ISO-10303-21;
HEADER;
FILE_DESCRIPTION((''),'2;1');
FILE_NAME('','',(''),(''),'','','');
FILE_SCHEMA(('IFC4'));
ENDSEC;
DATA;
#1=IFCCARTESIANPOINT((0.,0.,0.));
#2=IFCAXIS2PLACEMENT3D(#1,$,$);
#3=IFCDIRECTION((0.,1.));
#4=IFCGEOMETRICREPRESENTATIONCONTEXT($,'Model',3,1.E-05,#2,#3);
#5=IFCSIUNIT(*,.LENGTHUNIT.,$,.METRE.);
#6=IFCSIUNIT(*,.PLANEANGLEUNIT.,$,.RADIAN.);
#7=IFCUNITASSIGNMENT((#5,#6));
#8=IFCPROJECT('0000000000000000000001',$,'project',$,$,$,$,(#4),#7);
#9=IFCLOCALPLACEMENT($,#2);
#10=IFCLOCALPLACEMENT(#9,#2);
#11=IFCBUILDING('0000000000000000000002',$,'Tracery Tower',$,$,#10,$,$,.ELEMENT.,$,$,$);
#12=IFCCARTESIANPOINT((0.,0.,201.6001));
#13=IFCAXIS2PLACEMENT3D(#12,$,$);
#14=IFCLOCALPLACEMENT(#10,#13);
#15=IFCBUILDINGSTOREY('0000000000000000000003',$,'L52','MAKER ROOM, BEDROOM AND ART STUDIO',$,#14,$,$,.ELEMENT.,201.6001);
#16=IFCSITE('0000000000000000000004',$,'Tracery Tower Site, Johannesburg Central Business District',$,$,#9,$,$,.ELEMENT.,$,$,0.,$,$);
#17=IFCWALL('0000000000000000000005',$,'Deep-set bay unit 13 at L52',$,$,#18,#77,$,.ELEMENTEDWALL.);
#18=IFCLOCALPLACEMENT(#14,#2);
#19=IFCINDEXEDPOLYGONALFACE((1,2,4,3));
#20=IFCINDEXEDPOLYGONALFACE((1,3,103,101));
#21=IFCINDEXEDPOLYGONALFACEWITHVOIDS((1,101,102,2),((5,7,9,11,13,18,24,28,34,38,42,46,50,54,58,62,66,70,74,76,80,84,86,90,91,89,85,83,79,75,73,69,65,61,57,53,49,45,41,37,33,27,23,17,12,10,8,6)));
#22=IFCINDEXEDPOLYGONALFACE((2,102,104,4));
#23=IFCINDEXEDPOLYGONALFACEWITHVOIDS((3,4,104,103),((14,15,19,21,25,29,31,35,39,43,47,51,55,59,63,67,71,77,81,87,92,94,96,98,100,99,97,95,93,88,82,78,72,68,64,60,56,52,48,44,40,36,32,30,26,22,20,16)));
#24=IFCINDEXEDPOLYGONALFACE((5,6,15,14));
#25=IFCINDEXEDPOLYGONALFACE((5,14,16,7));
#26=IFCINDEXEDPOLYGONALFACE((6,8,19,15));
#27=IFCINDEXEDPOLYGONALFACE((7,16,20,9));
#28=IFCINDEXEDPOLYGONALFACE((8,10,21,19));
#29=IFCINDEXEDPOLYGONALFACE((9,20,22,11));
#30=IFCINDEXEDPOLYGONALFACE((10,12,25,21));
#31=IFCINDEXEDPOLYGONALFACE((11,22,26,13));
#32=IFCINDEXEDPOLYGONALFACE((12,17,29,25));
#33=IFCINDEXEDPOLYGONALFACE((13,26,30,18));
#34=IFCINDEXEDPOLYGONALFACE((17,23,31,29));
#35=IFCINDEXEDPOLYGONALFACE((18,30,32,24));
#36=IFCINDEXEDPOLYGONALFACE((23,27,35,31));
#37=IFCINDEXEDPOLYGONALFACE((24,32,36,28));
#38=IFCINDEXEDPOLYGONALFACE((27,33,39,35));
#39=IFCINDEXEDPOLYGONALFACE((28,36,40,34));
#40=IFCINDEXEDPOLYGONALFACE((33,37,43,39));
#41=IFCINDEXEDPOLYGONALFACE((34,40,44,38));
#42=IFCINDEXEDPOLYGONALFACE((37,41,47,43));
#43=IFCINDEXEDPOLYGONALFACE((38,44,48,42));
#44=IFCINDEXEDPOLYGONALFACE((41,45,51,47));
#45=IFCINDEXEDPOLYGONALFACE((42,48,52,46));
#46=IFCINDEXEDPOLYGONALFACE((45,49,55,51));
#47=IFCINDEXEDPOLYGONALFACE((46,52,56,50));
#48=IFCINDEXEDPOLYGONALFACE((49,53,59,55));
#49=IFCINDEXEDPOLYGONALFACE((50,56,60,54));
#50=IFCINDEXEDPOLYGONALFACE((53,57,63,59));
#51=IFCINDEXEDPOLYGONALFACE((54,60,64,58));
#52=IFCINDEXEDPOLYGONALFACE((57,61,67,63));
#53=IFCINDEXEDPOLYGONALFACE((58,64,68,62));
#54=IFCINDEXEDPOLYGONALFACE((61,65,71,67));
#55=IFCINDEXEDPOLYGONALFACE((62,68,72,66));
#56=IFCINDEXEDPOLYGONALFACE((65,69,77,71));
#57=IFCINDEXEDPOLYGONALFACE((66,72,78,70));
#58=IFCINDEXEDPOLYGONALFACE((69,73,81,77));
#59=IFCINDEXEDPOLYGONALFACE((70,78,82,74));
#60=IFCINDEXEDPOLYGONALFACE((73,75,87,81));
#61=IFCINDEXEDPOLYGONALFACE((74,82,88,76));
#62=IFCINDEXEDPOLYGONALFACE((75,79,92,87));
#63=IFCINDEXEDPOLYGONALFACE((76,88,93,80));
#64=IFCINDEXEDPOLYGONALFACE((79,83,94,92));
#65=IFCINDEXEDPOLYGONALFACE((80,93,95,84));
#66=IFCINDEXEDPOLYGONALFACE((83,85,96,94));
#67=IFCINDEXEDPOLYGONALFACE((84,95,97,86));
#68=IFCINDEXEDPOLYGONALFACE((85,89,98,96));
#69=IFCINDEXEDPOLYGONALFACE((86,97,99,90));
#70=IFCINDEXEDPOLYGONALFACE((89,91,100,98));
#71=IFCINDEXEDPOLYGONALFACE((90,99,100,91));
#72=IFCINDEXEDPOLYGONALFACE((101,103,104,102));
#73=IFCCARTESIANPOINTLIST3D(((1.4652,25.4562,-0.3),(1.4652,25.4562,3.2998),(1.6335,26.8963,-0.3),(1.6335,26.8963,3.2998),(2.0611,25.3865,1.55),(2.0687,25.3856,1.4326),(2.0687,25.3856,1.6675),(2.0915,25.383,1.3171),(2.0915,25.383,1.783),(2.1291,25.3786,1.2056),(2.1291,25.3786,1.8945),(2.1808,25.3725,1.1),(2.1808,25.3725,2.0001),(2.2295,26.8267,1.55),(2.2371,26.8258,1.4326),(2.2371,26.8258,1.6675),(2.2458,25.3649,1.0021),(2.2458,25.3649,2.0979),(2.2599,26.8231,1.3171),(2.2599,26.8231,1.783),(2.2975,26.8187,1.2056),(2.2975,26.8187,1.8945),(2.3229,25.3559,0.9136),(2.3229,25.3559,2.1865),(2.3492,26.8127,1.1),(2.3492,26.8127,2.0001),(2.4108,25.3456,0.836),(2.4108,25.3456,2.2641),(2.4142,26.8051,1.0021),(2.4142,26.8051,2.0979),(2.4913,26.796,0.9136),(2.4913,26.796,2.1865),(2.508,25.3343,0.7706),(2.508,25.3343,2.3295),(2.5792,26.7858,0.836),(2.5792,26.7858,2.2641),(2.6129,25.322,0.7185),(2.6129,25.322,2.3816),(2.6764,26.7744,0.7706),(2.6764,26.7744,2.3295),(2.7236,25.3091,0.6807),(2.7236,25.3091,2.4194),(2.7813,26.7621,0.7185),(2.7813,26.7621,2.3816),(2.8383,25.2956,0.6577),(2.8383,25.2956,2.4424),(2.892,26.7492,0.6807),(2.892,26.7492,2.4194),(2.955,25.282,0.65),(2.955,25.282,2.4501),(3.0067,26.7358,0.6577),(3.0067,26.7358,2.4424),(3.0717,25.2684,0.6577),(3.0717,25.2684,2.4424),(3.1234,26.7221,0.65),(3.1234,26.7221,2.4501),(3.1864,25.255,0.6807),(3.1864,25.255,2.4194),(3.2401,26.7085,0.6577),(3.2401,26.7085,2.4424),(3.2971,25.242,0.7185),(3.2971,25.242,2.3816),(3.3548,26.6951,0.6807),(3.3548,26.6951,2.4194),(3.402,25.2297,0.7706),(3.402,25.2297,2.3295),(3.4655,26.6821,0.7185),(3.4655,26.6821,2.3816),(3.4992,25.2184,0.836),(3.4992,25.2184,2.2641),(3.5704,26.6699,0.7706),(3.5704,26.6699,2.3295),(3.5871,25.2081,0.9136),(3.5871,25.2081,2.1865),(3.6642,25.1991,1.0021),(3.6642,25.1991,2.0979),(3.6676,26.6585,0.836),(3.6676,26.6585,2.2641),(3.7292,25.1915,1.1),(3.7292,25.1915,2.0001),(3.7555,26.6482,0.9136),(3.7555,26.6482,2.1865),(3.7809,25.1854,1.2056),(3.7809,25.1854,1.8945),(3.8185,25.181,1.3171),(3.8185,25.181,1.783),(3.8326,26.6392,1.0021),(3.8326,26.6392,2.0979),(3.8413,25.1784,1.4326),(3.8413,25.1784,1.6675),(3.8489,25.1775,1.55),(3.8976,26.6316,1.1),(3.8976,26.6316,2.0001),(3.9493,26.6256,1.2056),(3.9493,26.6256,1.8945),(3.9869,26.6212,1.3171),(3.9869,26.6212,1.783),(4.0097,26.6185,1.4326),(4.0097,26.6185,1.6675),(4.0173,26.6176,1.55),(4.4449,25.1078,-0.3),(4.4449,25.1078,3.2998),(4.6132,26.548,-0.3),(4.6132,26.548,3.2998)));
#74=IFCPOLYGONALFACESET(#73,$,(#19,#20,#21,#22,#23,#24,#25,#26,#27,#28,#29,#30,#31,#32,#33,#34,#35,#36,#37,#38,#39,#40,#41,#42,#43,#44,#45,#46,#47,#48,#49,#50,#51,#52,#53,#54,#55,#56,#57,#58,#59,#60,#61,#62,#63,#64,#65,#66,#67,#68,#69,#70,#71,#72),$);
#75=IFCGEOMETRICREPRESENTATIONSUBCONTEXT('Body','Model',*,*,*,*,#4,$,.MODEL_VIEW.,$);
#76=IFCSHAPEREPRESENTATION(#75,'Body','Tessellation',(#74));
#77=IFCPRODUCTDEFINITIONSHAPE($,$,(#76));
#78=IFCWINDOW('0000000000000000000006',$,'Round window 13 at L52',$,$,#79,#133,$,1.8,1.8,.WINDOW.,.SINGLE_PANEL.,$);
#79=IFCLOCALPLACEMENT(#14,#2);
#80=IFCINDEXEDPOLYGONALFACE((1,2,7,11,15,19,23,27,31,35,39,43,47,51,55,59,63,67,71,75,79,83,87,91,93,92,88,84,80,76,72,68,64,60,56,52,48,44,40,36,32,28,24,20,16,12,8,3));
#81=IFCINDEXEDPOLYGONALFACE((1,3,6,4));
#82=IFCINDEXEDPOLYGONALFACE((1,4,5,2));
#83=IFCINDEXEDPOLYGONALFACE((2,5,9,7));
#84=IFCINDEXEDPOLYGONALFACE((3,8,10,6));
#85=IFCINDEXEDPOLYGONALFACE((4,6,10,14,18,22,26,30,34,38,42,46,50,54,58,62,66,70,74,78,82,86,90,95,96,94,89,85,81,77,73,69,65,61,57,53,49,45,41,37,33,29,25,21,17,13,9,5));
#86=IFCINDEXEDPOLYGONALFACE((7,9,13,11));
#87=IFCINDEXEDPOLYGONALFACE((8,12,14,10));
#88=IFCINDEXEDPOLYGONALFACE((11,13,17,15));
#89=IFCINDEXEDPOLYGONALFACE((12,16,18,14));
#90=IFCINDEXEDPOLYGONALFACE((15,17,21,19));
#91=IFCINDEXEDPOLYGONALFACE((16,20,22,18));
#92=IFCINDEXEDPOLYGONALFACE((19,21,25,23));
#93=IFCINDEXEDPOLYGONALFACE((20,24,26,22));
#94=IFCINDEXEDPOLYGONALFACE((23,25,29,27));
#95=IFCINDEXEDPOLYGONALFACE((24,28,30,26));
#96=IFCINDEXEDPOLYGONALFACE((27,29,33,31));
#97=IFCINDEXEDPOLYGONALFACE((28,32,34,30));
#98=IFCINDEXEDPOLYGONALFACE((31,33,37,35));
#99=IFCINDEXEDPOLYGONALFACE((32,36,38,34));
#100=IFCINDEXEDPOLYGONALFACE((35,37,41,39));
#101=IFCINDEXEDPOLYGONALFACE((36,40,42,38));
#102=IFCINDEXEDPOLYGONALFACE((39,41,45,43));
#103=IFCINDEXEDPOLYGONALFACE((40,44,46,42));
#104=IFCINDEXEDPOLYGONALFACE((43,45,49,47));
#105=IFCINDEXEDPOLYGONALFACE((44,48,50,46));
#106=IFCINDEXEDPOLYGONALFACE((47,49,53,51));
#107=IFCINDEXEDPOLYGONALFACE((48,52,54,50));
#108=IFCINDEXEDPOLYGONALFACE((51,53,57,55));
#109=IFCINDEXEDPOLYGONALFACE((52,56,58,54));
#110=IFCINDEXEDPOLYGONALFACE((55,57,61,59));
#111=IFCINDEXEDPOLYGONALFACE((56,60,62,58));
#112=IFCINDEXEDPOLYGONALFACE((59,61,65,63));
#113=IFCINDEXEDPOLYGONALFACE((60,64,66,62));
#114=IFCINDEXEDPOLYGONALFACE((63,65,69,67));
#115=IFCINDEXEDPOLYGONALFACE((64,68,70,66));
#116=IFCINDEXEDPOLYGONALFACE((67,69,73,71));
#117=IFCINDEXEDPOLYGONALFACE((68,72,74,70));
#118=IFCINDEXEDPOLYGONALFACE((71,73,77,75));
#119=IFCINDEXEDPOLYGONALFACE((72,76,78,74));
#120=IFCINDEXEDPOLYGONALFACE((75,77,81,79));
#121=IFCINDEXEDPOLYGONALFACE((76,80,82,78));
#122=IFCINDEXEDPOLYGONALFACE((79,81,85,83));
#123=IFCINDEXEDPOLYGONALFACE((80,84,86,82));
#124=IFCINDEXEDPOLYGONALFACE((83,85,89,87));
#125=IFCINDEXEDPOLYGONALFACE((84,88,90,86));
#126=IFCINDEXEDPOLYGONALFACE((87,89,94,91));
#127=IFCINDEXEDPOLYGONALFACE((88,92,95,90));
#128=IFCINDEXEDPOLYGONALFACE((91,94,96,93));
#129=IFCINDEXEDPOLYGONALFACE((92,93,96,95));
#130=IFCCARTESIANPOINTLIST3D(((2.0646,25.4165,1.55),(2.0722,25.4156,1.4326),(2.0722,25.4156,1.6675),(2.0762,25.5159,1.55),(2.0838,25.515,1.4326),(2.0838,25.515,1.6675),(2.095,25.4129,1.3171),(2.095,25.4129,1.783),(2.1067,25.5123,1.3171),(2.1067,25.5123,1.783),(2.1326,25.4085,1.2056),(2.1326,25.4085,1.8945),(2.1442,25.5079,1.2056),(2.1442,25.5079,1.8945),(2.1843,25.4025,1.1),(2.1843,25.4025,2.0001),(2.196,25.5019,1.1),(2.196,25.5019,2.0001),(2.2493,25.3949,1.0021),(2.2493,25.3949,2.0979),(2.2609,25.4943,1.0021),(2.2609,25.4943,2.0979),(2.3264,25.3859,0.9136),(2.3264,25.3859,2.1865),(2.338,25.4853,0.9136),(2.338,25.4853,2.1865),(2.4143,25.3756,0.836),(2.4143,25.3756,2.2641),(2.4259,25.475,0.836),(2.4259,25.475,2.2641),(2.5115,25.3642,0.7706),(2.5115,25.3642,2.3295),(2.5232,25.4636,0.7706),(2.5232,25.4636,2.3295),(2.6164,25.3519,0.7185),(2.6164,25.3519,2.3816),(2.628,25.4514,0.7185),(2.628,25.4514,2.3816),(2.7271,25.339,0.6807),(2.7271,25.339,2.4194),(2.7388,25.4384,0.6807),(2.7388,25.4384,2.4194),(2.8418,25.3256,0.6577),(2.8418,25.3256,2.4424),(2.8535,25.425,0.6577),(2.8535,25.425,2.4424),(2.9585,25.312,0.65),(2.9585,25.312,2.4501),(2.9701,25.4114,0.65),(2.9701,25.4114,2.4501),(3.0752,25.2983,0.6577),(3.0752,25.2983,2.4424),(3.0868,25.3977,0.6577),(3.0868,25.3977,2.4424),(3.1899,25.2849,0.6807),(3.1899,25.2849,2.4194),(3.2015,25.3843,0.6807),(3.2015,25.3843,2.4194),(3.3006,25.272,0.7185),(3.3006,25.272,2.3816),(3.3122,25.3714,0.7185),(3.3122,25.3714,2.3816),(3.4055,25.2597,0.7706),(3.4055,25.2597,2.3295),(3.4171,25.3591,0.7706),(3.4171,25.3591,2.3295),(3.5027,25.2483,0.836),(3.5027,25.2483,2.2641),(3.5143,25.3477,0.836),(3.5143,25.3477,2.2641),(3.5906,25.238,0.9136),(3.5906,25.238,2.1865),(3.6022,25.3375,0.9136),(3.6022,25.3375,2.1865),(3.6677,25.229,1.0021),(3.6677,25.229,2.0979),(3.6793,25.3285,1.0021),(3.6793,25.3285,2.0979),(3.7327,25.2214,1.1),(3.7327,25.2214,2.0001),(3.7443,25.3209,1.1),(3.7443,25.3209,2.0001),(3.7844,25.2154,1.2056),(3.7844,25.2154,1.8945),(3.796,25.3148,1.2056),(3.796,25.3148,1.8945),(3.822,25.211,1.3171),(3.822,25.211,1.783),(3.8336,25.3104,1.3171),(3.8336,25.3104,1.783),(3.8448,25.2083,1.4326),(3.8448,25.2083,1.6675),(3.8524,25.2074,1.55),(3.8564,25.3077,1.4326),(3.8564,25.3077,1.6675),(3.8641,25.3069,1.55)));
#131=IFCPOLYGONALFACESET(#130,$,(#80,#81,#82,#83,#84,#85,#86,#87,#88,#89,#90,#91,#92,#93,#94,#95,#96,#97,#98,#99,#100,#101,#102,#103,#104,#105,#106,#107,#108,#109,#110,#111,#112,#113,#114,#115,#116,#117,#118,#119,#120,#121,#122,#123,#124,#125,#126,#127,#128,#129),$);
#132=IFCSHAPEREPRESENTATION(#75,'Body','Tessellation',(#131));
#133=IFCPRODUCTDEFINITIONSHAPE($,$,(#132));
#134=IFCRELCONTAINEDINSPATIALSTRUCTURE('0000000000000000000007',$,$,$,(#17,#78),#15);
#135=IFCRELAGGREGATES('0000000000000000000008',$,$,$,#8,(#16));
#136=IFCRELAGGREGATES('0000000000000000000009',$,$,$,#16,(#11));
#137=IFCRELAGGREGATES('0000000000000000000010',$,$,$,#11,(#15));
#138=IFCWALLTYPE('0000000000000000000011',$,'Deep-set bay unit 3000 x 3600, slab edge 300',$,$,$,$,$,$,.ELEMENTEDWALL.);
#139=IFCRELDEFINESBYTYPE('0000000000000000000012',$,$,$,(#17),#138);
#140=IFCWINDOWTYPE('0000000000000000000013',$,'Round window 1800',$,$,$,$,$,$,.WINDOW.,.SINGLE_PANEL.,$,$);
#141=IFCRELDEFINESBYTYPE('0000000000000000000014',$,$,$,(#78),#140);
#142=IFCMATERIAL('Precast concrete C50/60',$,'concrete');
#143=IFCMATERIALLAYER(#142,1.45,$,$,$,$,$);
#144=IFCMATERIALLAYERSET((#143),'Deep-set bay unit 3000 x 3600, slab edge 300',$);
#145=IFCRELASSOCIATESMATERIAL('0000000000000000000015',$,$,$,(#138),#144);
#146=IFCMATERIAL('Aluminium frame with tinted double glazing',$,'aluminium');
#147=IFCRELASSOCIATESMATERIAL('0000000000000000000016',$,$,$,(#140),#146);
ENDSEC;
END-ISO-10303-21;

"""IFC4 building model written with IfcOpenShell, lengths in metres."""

from ifc_helpers import new_model, si_unit, direction, frame, frame_2d, origin, origin_2d, place, context, subcontext, project, spatial, rectangle, circle, extrude, material, layer, layer_set, type_object, element, fill, save


model = new_model("IFC4")

# Units and contexts
model_context = context("Model", 3, precision=1e-05, world=origin(), true_north=direction((0.0, 1.0)))
body_context = subcontext(model_context, "Body", "Model", "MODEL_VIEW")
ifc_project = project(units=[si_unit("LENGTHUNIT", "METRE"), si_unit("PLANEANGLEUNIT", "RADIAN")], contexts=[model_context])

# Site, building, storey
site_placement = place(None, origin())
site = spatial("IfcSite", under=ifc_project, at=site_placement, Name="Tracery Tower Site, Johannesburg Central Business District", CompositionType="ELEMENT", RefElevation=0.0)
building_placement = place(site_placement, origin())
building = spatial("IfcBuilding", under=site, at=building_placement, Name="Tracery Tower", CompositionType="ELEMENT")
storey_placement = place(building_placement, frame((0.0, 0.0, 201.6001)))
storey = spatial("IfcBuildingStorey", under=building, at=storey_placement, Name="L52", Description="MAKER ROOM, BEDROOM AND ART STUDIO", CompositionType="ELEMENT", Elevation=201.6001)

# Wall, opening, window
ifc_material_1 = material(Name="Precast concrete C50/60", Category="concrete")
ifc_layer_1 = layer(ifc_material_1, 1.45)
ifc_layer_set_1 = layer_set([ifc_layer_1], Name="Deep-set bay unit 3000 x 3600, slab edge 300")
wall_type_1 = type_object("IfcWallType", Name="Deep-set bay unit 3000 x 3600, slab edge 300", PredefinedType="ELEMENTEDWALL", material=ifc_layer_set_1)
wall_1_placement = place(storey_placement, frame((4.5291, 25.8279, -0.3), z_axis=(0.0, 0.0, 1.0), x_axis=(-0.993234, 0.116128, 0.0)))
wall_1 = element("IfcWall", 1, at=wall_1_placement, inside=storey, type_object=wall_type_1, Name="Deep-set bay unit 13 at L52", PredefinedType="ELEMENTEDWALL", context=body_context, shape_type="SweptSolid", body=[
    extrude(rectangle(XDim=3.0, YDim=1.45, at=frame_2d((1.5, 0.0))), origin(), (0.0, 0.0, 1.0), 3.5999),
])
opening_1_placement = place(wall_1_placement, frame((1.5, 0.0, 1.8501)))
opening_1 = element("IfcOpeningElement", 2, at=opening_1_placement, cuts=wall_1, PredefinedType="OPENING", context=body_context, shape_type="SweptSolid", body=[
    extrude(circle(Radius=0.9, at=origin_2d()), frame((0.0, 0.7349, 0.0), z_axis=(0.0, -1.0, 0.0), x_axis=(1.0, 0.0, 0.0)), (0.0, 0.0, 1.0), 1.47),
])
ifc_material_2 = material(Name="Aluminium frame with tinted double glazing", Category="aluminium")
window_type = type_object("IfcWindowType", Name="Round window 1800", PartitioningType="SINGLE_PANEL", PredefinedType="WINDOW", material=ifc_material_2)
window_1_placement = place(opening_1_placement, origin())
window_1 = element("IfcWindow", 3, at=window_1_placement, inside=storey, type_object=window_type, Name="Round window 13 at L52", OverallHeight=1.8, OverallWidth=1.8, PartitioningType="SINGLE_PANEL", PredefinedType="WINDOW", context=body_context, shape_type="SweptSolid", body=[
    extrude(circle(Radius=0.9, at=origin_2d()), frame((0.0, 0.6948, 0.0), z_axis=(0.0, -1.0, 0.0), x_axis=(1.0, 0.0, 0.0)), (0.0, 0.0, 1.0), 0.1001),
])
fill(opening_1, window_1)

save(model, "model.ifc")
